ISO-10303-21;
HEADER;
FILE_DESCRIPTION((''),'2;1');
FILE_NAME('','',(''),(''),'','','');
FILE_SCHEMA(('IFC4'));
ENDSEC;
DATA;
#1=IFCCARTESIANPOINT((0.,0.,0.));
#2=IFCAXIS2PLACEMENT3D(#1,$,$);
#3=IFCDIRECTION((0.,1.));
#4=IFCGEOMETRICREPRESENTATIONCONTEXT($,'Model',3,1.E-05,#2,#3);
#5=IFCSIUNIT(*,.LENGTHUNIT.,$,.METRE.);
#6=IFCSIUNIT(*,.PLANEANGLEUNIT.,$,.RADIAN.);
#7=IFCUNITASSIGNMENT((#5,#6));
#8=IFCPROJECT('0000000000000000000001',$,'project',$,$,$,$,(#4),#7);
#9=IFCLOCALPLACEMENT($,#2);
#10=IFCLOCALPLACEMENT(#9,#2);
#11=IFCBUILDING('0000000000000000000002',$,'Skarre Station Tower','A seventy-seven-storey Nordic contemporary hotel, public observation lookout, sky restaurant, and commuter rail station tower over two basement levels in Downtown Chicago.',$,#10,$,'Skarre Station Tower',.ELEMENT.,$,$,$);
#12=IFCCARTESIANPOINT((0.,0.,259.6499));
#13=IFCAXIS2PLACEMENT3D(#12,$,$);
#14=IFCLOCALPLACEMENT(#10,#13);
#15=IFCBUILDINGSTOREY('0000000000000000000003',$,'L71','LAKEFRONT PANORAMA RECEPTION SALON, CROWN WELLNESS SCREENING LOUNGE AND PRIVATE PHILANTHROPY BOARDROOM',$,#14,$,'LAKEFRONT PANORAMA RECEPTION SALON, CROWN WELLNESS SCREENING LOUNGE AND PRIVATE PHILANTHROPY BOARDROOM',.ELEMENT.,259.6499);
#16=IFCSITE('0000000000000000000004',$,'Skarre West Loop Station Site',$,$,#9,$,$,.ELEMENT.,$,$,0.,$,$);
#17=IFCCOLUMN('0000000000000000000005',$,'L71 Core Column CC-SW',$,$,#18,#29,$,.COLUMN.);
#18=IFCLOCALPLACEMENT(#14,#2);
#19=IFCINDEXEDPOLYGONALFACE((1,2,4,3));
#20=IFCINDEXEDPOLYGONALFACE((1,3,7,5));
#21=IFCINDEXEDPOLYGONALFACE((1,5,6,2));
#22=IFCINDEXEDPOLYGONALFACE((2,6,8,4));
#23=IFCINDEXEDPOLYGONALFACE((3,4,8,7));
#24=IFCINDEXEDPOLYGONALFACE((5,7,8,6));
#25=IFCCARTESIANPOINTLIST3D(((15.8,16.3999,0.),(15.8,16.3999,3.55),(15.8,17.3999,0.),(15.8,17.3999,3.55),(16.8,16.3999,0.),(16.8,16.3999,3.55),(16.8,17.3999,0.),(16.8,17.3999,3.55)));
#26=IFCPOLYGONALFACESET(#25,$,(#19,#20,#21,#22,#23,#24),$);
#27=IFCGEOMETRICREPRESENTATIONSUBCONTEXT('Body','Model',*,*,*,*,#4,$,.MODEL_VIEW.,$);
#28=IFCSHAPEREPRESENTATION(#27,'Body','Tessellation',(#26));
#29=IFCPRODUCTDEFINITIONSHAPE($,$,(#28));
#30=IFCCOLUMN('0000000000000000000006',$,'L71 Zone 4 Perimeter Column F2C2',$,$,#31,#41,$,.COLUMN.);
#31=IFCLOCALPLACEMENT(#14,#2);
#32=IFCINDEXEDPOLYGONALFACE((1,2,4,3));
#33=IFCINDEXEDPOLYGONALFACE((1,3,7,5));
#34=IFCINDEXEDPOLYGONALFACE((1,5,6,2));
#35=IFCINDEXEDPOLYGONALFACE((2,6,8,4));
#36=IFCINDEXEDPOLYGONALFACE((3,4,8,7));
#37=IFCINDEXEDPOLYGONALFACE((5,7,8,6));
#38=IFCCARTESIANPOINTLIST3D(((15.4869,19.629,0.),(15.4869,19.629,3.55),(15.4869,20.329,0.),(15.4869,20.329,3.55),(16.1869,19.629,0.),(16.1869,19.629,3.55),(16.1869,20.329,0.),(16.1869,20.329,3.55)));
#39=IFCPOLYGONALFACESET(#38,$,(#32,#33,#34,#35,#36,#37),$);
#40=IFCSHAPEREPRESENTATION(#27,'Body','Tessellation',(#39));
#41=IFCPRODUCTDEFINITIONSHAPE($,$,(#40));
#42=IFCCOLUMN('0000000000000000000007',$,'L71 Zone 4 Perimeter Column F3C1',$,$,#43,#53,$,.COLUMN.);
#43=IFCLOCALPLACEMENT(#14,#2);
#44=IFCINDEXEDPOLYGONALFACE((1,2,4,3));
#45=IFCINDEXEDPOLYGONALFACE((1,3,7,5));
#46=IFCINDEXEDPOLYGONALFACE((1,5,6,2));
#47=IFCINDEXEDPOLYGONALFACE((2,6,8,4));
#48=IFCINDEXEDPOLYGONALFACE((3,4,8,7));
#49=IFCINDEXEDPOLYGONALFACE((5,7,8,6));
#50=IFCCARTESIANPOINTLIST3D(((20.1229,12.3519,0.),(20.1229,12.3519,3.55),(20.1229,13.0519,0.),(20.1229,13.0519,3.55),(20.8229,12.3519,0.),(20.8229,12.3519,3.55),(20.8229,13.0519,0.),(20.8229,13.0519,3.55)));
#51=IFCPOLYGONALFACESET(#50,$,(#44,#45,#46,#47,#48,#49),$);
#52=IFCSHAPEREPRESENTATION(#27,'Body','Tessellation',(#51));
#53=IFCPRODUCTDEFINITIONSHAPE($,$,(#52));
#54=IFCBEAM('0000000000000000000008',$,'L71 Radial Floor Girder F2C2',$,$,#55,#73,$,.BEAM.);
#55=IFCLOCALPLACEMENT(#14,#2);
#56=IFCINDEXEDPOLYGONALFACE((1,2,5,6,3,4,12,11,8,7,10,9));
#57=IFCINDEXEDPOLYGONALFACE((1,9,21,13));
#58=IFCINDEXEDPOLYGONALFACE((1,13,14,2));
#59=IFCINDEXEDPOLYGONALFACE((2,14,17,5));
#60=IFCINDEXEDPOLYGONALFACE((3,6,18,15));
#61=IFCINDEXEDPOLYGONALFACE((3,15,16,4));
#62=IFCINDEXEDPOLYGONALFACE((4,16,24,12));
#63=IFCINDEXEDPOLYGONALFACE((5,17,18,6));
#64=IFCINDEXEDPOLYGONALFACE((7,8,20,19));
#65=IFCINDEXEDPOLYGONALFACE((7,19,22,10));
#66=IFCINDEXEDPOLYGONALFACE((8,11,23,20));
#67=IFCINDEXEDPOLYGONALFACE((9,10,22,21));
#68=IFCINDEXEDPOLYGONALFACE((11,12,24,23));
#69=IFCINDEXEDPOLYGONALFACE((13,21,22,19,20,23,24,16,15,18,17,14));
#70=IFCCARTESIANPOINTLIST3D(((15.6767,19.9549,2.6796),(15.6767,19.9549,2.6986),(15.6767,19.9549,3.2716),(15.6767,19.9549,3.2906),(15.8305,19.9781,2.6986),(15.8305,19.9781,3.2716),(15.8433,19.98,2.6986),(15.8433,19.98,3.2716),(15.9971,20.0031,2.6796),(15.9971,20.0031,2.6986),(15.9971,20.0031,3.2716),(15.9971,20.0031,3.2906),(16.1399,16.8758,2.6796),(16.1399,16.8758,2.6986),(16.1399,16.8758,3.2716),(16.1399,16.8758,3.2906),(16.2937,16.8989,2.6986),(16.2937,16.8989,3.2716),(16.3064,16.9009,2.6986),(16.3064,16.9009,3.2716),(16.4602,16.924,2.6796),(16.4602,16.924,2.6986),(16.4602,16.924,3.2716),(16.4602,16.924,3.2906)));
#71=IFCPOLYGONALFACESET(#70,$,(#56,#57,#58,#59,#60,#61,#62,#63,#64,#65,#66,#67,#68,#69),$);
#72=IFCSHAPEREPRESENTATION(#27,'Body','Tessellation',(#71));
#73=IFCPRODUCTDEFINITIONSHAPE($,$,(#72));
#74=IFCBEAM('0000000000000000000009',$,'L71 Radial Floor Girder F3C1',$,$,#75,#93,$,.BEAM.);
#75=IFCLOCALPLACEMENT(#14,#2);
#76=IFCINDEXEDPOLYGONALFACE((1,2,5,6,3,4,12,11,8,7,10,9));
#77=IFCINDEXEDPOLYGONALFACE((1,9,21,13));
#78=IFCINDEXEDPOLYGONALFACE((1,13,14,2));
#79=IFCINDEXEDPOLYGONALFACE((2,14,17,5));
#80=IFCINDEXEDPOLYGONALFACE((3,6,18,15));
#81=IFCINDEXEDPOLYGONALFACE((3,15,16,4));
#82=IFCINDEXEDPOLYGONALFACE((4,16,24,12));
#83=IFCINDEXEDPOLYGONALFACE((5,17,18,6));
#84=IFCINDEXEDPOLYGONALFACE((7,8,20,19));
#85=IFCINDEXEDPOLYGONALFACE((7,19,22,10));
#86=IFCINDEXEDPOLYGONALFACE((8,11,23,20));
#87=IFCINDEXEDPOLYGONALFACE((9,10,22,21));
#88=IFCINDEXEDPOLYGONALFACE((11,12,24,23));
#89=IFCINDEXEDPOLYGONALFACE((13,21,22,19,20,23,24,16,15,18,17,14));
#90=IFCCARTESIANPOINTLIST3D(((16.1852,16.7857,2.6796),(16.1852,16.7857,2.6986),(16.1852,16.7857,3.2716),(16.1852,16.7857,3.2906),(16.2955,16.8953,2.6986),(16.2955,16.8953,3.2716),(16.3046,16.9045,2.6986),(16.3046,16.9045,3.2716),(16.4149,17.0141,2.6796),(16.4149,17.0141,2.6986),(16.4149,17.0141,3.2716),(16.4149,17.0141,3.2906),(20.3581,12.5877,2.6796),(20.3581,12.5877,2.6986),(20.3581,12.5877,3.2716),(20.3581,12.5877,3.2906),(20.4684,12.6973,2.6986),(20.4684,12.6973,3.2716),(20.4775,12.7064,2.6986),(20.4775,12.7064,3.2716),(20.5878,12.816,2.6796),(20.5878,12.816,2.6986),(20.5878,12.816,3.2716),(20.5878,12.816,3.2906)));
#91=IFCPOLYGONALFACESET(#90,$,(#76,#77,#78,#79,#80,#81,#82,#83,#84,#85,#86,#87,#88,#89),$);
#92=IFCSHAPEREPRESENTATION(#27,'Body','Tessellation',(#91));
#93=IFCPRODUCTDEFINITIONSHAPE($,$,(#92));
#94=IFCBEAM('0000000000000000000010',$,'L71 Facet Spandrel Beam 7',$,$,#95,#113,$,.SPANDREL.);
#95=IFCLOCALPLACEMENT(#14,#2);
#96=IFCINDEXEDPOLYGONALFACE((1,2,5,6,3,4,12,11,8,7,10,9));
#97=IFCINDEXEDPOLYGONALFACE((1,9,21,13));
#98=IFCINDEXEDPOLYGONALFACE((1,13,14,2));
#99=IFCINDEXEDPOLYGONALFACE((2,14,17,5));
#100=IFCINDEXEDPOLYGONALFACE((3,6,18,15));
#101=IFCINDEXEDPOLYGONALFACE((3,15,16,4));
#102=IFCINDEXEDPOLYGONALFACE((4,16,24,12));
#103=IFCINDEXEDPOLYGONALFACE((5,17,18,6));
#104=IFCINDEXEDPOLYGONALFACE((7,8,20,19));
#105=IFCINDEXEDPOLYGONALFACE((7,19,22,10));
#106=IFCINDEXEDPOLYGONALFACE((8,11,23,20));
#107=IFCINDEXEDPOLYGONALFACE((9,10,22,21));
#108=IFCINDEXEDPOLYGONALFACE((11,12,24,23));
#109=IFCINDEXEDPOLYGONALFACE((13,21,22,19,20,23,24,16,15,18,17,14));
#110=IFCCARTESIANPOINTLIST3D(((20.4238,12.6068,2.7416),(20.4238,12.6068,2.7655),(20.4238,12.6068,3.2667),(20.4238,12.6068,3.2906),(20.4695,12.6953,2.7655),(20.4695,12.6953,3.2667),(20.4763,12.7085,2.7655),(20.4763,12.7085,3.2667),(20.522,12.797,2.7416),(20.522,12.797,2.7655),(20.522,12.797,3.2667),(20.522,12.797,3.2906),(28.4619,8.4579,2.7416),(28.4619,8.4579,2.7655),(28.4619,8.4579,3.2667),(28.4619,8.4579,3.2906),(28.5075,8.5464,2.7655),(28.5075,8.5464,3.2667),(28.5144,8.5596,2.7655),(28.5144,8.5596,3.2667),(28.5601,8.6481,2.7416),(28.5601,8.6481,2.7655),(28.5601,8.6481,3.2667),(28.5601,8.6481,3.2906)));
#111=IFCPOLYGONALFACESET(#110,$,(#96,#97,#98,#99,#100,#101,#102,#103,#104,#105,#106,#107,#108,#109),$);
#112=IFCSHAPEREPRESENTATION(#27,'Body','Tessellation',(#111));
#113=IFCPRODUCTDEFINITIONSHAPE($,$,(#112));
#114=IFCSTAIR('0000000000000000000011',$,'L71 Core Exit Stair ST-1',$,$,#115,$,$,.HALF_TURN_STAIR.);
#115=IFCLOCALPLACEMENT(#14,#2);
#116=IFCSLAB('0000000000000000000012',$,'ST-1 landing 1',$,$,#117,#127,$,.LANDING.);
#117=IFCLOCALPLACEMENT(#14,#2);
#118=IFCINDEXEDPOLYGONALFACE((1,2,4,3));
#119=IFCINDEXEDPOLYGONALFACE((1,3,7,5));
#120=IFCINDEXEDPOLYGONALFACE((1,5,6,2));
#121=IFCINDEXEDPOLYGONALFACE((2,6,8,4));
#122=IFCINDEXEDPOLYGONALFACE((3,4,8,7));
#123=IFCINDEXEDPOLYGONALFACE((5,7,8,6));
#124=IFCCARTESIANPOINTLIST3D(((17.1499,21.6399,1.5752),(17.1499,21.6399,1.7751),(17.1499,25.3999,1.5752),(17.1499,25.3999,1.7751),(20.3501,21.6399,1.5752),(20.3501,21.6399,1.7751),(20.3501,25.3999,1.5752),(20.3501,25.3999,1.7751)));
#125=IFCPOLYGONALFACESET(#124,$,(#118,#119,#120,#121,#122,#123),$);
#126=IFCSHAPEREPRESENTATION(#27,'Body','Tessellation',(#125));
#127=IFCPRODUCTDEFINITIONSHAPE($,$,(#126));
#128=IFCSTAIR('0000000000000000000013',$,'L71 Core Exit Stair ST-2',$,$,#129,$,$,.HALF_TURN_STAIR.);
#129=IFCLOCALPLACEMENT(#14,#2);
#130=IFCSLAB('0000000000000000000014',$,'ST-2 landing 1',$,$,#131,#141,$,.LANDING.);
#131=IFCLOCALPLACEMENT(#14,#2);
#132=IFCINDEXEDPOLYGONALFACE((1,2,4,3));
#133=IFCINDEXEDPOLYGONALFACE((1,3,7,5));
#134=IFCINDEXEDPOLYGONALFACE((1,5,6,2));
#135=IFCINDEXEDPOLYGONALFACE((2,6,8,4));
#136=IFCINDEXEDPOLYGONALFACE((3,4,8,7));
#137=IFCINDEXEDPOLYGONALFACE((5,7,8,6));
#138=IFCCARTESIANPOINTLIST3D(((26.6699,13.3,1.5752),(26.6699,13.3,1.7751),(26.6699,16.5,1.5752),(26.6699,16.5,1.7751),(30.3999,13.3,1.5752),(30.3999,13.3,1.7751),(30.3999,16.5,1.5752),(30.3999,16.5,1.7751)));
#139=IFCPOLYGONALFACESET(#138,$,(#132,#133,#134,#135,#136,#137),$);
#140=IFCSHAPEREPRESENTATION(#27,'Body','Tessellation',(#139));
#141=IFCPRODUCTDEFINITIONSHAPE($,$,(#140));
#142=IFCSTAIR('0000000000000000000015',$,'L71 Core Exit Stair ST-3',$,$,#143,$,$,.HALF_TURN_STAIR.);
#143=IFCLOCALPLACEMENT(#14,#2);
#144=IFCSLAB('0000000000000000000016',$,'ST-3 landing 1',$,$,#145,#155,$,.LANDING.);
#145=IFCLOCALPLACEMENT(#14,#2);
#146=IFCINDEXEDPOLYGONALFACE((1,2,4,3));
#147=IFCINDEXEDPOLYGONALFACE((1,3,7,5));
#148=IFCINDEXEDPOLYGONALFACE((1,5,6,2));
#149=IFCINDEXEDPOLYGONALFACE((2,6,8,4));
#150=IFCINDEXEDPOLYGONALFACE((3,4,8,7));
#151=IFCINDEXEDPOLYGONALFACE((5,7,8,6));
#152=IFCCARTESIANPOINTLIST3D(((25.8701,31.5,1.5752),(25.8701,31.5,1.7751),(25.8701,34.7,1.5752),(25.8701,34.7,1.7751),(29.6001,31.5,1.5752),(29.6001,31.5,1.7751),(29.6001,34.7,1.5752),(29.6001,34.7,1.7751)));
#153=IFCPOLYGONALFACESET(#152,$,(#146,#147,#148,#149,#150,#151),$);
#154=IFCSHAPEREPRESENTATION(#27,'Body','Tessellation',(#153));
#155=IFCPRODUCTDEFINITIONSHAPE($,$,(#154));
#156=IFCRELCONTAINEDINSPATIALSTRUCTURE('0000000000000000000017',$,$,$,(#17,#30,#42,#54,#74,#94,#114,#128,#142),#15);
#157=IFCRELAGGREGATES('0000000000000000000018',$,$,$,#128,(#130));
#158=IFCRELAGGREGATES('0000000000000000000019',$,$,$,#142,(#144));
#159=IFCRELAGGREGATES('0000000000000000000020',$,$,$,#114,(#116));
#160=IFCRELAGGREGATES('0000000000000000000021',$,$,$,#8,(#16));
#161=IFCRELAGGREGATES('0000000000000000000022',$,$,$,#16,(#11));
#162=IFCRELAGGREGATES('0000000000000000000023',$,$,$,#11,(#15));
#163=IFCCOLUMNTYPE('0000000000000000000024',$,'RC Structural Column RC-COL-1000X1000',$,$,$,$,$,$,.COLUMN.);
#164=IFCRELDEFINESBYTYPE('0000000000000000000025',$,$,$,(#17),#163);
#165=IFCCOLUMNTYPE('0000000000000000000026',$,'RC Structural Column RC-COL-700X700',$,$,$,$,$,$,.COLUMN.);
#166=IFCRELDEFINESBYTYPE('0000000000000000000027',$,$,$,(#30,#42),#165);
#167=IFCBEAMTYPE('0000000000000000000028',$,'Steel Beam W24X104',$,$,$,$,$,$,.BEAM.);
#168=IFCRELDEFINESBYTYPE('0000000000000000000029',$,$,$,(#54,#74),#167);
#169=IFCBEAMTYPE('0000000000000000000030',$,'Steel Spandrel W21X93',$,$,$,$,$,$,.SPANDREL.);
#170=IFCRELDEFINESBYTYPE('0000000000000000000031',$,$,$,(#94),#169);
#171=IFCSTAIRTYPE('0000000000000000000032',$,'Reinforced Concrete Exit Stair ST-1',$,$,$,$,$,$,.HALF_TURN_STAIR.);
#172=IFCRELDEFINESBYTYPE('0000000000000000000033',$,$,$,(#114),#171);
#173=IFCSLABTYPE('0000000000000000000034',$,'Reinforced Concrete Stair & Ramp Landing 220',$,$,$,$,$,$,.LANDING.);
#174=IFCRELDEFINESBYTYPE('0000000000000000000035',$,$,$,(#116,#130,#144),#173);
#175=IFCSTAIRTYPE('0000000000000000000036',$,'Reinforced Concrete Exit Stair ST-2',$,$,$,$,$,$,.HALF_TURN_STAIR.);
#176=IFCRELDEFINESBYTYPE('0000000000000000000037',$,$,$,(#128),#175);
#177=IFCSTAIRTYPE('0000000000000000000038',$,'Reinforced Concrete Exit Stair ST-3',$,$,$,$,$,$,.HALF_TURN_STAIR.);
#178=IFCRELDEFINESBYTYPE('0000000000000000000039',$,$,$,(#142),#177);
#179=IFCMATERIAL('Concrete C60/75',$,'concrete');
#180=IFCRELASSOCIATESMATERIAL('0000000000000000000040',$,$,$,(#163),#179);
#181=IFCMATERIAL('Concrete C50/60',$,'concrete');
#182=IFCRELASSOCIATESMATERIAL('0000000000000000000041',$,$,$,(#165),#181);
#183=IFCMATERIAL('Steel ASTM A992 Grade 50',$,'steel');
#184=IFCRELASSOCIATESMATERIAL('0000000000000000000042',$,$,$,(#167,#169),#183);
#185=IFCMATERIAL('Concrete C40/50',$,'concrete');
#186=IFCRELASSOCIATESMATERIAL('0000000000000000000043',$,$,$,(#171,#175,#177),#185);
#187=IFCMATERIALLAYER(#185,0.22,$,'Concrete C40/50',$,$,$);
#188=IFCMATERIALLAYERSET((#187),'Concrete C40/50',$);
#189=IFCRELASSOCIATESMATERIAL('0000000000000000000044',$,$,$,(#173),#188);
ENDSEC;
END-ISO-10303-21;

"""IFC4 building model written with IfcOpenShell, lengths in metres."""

from ifc_helpers import new_model, si_unit, direction, frame, origin, origin_2d, place, context, subcontext, project, spatial, polyline, rectangle, i_section, outline, extrude, material, layer, layer_set, material_profile, profile_set, type_object, element, aggregate, save


model = new_model("IFC4")

# Units and contexts
model_context = context("Model", 3, precision=1e-05, world=origin(), true_north=direction((0.0, 1.0)))
body_context = subcontext(model_context, "Body", "Model", "MODEL_VIEW")
ifc_project = project(units=[si_unit("LENGTHUNIT", "METRE"), si_unit("PLANEANGLEUNIT", "RADIAN")], contexts=[model_context])

# Site, building, storey
site_placement = place(None, origin())
site = spatial("IfcSite", under=ifc_project, at=site_placement, Name="Skarre West Loop Station Site", CompositionType="ELEMENT", RefElevation=0.0)
building_placement = place(site_placement, origin())
building = spatial("IfcBuilding", under=site, at=building_placement, Name="Skarre Station Tower", Description="A seventy-seven-storey Nordic contemporary hotel, public observation lookout, sky restaurant, and commuter rail station tower over two basement levels in Downtown Chicago.", LongName="Skarre Station Tower", CompositionType="ELEMENT")
storey_placement = place(building_placement, frame((0.0, 0.0, 259.6499)))
storey = spatial("IfcBuildingStorey", under=building, at=storey_placement, Name="L71", Description="LAKEFRONT PANORAMA RECEPTION SALON, CROWN WELLNESS SCREENING LOUNGE AND PRIVATE PHILANTHROPY BOARDROOM", LongName="LAKEFRONT PANORAMA RECEPTION SALON, CROWN WELLNESS SCREENING LOUNGE AND PRIVATE PHILANTHROPY BOARDROOM", CompositionType="ELEMENT", Elevation=259.6499)

# Columns
ifc_material_1 = material(Name="Concrete C60/75", Category="concrete")
ifc_material_profile_1 = material_profile(ifc_material_1, rectangle(XDim=1.0, YDim=1.0, at=origin_2d()), Name="Concrete C60/75")
ifc_profile_set_1 = profile_set([ifc_material_profile_1], Name="Concrete C60/75")
column_type_1 = type_object("IfcColumnType", Name="RC Structural Column RC-COL-1000X1000", PredefinedType="COLUMN", material=ifc_profile_set_1)
column_placement = place(storey_placement, frame((16.3, 16.8999, 0.0), z_axis=(0.0, 0.0, 1.0), x_axis=(1.0, 0.0, 0.0)))
element("IfcColumn", 1, at=column_placement, inside=storey, type_object=column_type_1, Name="L71 Core Column CC-SW", PredefinedType="COLUMN", context=body_context, shape_type="SweptSolid", body=[
    extrude(rectangle(XDim=1.0, YDim=1.0, at=origin_2d()), origin(), (0.0, 0.0, 1.0), 3.55),
])
ifc_material_2 = material(Name="Concrete C50/60", Category="concrete")
ifc_material_profile_2 = material_profile(ifc_material_2, rectangle(XDim=0.7, YDim=0.7, at=origin_2d()), Name="Concrete C50/60")
ifc_profile_set_2 = profile_set([ifc_material_profile_2], Name="Concrete C50/60")
column_type_2 = type_object("IfcColumnType", Name="RC Structural Column RC-COL-700X700", PredefinedType="COLUMN", material=ifc_profile_set_2)
for number, where, z_axis, x_axis, name in (
    (2, (15.8369, 19.979, 0.0), (0.0, 0.0, 1.0), (1.0, 0.0, 0.0), "L71 Zone 4 Perimeter Column F2C2"),
    (3, (20.4729, 12.7019, 0.0), (0.0, 0.0, 1.0), (1.0, 0.0, 0.0), "L71 Zone 4 Perimeter Column F3C1"),
):
    element("IfcColumn", number, at=place(storey_placement, frame(where, z_axis=z_axis, x_axis=x_axis)), inside=storey, type_object=column_type_2, Name=name, PredefinedType="COLUMN", context=body_context, shape_type="SweptSolid", body=[
        extrude(rectangle(XDim=0.7, YDim=0.7, at=origin_2d()), origin(), (0.0, 0.0, 1.0), 3.55),
    ])

# Beams
ifc_material_3 = material(Name="Steel ASTM A992 Grade 50", Category="steel")
ifc_material_profile_3 = material_profile(ifc_material_3, i_section(OverallWidth=0.324, OverallDepth=0.6111, WebThickness=0.0129, FlangeThickness=0.019, at=origin_2d()), Name="Steel ASTM A992 Grade 50")
ifc_profile_set_3 = profile_set([ifc_material_profile_3], Name="Steel ASTM A992 Grade 50")
beam_type_1 = type_object("IfcBeamType", Name="Steel Beam W24X104", PredefinedType="BEAM", material=ifc_profile_set_3)
beam_1_placement = place(storey_placement, frame((16.3, 16.8999, 2.9851), z_axis=(-0.148739, 0.988876, 0.0), x_axis=(-0.988876, -0.148739, 0.0)))
element("IfcBeam", 4, at=beam_1_placement, inside=storey, type_object=beam_type_1, Name="L71 Radial Floor Girder F2C2", PredefinedType="BEAM", context=body_context, shape_type="SweptSolid", body=[
    extrude(i_section(OverallWidth=0.324, OverallDepth=0.6111, WebThickness=0.0129, FlangeThickness=0.019, at=origin_2d()), origin(), (0.0, 0.0, 1.0), 3.1138),
])
beam_2_placement = place(storey_placement, frame((16.3, 16.8999, 2.9851), z_axis=(0.704979, -0.709228, 0.0), x_axis=(0.709228, 0.704979, 0.0)))
element("IfcBeam", 5, at=beam_2_placement, inside=storey, type_object=beam_type_1, Name="L71 Radial Floor Girder F3C1", PredefinedType="BEAM", context=body_context, shape_type="SweptSolid", body=[
    extrude(i_section(OverallWidth=0.324, OverallDepth=0.6111, WebThickness=0.0129, FlangeThickness=0.019, at=origin_2d()), origin(), (0.0, 0.0, 1.0), 5.9192),
])
ifc_material_profile_4 = material_profile(ifc_material_3, i_section(OverallWidth=0.2141, OverallDepth=0.5491, WebThickness=0.0149, FlangeThickness=0.0239, at=origin_2d()), Name="Steel ASTM A992 Grade 50")
ifc_profile_set_4 = profile_set([ifc_material_profile_4], Name="Steel ASTM A992 Grade 50")
beam_type_2 = type_object("IfcBeamType", Name="Steel Spandrel W21X93", PredefinedType="SPANDREL", material=ifc_profile_set_4)
beam_3_placement = place(storey_placement, frame((20.4729, 12.7019, 3.0161), z_axis=(0.88861, -0.458664, 0.0), x_axis=(0.458664, 0.88861, 0.0)))
element("IfcBeam", 6, at=beam_3_placement, inside=storey, type_object=beam_type_2, Name="L71 Facet Spandrel Beam 7", PredefinedType="SPANDREL", context=body_context, shape_type="SweptSolid", body=[
    extrude(i_section(OverallWidth=0.2141, OverallDepth=0.5491, WebThickness=0.0149, FlangeThickness=0.0239, at=origin_2d()), origin(), (0.0, 0.0, 1.0), 9.0457),
])

# Stairs, slabs
ifc_material_4 = material(Name="Concrete C40/50", Category="concrete")
stair_type_1 = type_object("IfcStairType", Name="Reinforced Concrete Exit Stair ST-1", PredefinedType="HALF_TURN_STAIR", material=ifc_material_4)
stair_1_placement = place(storey_placement, origin())
stair_1 = element("IfcStair", 7, at=stair_1_placement, inside=storey, type_object=stair_type_1, Name="L71 Core Exit Stair ST-1", PredefinedType="HALF_TURN_STAIR")
ifc_layer_1 = layer(ifc_material_4, 0.22, Name="Concrete C40/50")
ifc_layer_set_1 = layer_set([ifc_layer_1], Name="Concrete C40/50")
slab_type_1 = type_object("IfcSlabType", Name="Reinforced Concrete Stair & Ramp Landing 220", PredefinedType="LANDING", material=ifc_layer_set_1)
slab_1_placement = place(storey_placement, frame((0.0, 0.0, 1.5752)))
slab_1 = element("IfcSlab", 8, at=slab_1_placement, type_object=slab_type_1, Name="ST-1 landing 1", PredefinedType="LANDING", context=body_context, shape_type="SweptSolid", body=[
    extrude(outline(polyline([(20.3501, 21.6399), (20.3501, 25.3999), (17.1499, 25.3999), (17.1499, 21.6399), (20.3501, 21.6399)])), origin(), (0.0, 0.0, 1.0), 0.2),
])
stair_type_2 = type_object("IfcStairType", Name="Reinforced Concrete Exit Stair ST-2", PredefinedType="HALF_TURN_STAIR", material=ifc_material_4)
stair_2_placement = place(storey_placement, origin())
stair_2 = element("IfcStair", 9, at=stair_2_placement, inside=storey, type_object=stair_type_2, Name="L71 Core Exit Stair ST-2", PredefinedType="HALF_TURN_STAIR")
slab_2_placement = place(storey_placement, frame((0.0, 0.0, 1.5752)))
slab_2 = element("IfcSlab", 10, at=slab_2_placement, type_object=slab_type_1, Name="ST-2 landing 1", PredefinedType="LANDING", context=body_context, shape_type="SweptSolid", body=[
    extrude(outline(polyline([(26.6699, 13.3), (30.3999, 13.3), (30.3999, 16.5), (26.6699, 16.5), (26.6699, 13.3)])), origin(), (0.0, 0.0, 1.0), 0.2),
])
aggregate(stair_2, [slab_2])
stair_type_3 = type_object("IfcStairType", Name="Reinforced Concrete Exit Stair ST-3", PredefinedType="HALF_TURN_STAIR", material=ifc_material_4)
stair_3_placement = place(storey_placement, origin())
stair_3 = element("IfcStair", 11, at=stair_3_placement, inside=storey, type_object=stair_type_3, Name="L71 Core Exit Stair ST-3", PredefinedType="HALF_TURN_STAIR")
slab_3_placement = place(storey_placement, frame((0.0, 0.0, 1.5752)))
slab_3 = element("IfcSlab", 12, at=slab_3_placement, type_object=slab_type_1, Name="ST-3 landing 1", PredefinedType="LANDING", context=body_context, shape_type="SweptSolid", body=[
    extrude(outline(polyline([(25.8701, 31.5), (29.6001, 31.5), (29.6001, 34.7), (25.8701, 34.7), (25.8701, 31.5)])), origin(), (0.0, 0.0, 1.0), 0.2),
])
aggregate(stair_3, [slab_3])

aggregate(stair_1, [slab_1])

save(model, "model.ifc")
